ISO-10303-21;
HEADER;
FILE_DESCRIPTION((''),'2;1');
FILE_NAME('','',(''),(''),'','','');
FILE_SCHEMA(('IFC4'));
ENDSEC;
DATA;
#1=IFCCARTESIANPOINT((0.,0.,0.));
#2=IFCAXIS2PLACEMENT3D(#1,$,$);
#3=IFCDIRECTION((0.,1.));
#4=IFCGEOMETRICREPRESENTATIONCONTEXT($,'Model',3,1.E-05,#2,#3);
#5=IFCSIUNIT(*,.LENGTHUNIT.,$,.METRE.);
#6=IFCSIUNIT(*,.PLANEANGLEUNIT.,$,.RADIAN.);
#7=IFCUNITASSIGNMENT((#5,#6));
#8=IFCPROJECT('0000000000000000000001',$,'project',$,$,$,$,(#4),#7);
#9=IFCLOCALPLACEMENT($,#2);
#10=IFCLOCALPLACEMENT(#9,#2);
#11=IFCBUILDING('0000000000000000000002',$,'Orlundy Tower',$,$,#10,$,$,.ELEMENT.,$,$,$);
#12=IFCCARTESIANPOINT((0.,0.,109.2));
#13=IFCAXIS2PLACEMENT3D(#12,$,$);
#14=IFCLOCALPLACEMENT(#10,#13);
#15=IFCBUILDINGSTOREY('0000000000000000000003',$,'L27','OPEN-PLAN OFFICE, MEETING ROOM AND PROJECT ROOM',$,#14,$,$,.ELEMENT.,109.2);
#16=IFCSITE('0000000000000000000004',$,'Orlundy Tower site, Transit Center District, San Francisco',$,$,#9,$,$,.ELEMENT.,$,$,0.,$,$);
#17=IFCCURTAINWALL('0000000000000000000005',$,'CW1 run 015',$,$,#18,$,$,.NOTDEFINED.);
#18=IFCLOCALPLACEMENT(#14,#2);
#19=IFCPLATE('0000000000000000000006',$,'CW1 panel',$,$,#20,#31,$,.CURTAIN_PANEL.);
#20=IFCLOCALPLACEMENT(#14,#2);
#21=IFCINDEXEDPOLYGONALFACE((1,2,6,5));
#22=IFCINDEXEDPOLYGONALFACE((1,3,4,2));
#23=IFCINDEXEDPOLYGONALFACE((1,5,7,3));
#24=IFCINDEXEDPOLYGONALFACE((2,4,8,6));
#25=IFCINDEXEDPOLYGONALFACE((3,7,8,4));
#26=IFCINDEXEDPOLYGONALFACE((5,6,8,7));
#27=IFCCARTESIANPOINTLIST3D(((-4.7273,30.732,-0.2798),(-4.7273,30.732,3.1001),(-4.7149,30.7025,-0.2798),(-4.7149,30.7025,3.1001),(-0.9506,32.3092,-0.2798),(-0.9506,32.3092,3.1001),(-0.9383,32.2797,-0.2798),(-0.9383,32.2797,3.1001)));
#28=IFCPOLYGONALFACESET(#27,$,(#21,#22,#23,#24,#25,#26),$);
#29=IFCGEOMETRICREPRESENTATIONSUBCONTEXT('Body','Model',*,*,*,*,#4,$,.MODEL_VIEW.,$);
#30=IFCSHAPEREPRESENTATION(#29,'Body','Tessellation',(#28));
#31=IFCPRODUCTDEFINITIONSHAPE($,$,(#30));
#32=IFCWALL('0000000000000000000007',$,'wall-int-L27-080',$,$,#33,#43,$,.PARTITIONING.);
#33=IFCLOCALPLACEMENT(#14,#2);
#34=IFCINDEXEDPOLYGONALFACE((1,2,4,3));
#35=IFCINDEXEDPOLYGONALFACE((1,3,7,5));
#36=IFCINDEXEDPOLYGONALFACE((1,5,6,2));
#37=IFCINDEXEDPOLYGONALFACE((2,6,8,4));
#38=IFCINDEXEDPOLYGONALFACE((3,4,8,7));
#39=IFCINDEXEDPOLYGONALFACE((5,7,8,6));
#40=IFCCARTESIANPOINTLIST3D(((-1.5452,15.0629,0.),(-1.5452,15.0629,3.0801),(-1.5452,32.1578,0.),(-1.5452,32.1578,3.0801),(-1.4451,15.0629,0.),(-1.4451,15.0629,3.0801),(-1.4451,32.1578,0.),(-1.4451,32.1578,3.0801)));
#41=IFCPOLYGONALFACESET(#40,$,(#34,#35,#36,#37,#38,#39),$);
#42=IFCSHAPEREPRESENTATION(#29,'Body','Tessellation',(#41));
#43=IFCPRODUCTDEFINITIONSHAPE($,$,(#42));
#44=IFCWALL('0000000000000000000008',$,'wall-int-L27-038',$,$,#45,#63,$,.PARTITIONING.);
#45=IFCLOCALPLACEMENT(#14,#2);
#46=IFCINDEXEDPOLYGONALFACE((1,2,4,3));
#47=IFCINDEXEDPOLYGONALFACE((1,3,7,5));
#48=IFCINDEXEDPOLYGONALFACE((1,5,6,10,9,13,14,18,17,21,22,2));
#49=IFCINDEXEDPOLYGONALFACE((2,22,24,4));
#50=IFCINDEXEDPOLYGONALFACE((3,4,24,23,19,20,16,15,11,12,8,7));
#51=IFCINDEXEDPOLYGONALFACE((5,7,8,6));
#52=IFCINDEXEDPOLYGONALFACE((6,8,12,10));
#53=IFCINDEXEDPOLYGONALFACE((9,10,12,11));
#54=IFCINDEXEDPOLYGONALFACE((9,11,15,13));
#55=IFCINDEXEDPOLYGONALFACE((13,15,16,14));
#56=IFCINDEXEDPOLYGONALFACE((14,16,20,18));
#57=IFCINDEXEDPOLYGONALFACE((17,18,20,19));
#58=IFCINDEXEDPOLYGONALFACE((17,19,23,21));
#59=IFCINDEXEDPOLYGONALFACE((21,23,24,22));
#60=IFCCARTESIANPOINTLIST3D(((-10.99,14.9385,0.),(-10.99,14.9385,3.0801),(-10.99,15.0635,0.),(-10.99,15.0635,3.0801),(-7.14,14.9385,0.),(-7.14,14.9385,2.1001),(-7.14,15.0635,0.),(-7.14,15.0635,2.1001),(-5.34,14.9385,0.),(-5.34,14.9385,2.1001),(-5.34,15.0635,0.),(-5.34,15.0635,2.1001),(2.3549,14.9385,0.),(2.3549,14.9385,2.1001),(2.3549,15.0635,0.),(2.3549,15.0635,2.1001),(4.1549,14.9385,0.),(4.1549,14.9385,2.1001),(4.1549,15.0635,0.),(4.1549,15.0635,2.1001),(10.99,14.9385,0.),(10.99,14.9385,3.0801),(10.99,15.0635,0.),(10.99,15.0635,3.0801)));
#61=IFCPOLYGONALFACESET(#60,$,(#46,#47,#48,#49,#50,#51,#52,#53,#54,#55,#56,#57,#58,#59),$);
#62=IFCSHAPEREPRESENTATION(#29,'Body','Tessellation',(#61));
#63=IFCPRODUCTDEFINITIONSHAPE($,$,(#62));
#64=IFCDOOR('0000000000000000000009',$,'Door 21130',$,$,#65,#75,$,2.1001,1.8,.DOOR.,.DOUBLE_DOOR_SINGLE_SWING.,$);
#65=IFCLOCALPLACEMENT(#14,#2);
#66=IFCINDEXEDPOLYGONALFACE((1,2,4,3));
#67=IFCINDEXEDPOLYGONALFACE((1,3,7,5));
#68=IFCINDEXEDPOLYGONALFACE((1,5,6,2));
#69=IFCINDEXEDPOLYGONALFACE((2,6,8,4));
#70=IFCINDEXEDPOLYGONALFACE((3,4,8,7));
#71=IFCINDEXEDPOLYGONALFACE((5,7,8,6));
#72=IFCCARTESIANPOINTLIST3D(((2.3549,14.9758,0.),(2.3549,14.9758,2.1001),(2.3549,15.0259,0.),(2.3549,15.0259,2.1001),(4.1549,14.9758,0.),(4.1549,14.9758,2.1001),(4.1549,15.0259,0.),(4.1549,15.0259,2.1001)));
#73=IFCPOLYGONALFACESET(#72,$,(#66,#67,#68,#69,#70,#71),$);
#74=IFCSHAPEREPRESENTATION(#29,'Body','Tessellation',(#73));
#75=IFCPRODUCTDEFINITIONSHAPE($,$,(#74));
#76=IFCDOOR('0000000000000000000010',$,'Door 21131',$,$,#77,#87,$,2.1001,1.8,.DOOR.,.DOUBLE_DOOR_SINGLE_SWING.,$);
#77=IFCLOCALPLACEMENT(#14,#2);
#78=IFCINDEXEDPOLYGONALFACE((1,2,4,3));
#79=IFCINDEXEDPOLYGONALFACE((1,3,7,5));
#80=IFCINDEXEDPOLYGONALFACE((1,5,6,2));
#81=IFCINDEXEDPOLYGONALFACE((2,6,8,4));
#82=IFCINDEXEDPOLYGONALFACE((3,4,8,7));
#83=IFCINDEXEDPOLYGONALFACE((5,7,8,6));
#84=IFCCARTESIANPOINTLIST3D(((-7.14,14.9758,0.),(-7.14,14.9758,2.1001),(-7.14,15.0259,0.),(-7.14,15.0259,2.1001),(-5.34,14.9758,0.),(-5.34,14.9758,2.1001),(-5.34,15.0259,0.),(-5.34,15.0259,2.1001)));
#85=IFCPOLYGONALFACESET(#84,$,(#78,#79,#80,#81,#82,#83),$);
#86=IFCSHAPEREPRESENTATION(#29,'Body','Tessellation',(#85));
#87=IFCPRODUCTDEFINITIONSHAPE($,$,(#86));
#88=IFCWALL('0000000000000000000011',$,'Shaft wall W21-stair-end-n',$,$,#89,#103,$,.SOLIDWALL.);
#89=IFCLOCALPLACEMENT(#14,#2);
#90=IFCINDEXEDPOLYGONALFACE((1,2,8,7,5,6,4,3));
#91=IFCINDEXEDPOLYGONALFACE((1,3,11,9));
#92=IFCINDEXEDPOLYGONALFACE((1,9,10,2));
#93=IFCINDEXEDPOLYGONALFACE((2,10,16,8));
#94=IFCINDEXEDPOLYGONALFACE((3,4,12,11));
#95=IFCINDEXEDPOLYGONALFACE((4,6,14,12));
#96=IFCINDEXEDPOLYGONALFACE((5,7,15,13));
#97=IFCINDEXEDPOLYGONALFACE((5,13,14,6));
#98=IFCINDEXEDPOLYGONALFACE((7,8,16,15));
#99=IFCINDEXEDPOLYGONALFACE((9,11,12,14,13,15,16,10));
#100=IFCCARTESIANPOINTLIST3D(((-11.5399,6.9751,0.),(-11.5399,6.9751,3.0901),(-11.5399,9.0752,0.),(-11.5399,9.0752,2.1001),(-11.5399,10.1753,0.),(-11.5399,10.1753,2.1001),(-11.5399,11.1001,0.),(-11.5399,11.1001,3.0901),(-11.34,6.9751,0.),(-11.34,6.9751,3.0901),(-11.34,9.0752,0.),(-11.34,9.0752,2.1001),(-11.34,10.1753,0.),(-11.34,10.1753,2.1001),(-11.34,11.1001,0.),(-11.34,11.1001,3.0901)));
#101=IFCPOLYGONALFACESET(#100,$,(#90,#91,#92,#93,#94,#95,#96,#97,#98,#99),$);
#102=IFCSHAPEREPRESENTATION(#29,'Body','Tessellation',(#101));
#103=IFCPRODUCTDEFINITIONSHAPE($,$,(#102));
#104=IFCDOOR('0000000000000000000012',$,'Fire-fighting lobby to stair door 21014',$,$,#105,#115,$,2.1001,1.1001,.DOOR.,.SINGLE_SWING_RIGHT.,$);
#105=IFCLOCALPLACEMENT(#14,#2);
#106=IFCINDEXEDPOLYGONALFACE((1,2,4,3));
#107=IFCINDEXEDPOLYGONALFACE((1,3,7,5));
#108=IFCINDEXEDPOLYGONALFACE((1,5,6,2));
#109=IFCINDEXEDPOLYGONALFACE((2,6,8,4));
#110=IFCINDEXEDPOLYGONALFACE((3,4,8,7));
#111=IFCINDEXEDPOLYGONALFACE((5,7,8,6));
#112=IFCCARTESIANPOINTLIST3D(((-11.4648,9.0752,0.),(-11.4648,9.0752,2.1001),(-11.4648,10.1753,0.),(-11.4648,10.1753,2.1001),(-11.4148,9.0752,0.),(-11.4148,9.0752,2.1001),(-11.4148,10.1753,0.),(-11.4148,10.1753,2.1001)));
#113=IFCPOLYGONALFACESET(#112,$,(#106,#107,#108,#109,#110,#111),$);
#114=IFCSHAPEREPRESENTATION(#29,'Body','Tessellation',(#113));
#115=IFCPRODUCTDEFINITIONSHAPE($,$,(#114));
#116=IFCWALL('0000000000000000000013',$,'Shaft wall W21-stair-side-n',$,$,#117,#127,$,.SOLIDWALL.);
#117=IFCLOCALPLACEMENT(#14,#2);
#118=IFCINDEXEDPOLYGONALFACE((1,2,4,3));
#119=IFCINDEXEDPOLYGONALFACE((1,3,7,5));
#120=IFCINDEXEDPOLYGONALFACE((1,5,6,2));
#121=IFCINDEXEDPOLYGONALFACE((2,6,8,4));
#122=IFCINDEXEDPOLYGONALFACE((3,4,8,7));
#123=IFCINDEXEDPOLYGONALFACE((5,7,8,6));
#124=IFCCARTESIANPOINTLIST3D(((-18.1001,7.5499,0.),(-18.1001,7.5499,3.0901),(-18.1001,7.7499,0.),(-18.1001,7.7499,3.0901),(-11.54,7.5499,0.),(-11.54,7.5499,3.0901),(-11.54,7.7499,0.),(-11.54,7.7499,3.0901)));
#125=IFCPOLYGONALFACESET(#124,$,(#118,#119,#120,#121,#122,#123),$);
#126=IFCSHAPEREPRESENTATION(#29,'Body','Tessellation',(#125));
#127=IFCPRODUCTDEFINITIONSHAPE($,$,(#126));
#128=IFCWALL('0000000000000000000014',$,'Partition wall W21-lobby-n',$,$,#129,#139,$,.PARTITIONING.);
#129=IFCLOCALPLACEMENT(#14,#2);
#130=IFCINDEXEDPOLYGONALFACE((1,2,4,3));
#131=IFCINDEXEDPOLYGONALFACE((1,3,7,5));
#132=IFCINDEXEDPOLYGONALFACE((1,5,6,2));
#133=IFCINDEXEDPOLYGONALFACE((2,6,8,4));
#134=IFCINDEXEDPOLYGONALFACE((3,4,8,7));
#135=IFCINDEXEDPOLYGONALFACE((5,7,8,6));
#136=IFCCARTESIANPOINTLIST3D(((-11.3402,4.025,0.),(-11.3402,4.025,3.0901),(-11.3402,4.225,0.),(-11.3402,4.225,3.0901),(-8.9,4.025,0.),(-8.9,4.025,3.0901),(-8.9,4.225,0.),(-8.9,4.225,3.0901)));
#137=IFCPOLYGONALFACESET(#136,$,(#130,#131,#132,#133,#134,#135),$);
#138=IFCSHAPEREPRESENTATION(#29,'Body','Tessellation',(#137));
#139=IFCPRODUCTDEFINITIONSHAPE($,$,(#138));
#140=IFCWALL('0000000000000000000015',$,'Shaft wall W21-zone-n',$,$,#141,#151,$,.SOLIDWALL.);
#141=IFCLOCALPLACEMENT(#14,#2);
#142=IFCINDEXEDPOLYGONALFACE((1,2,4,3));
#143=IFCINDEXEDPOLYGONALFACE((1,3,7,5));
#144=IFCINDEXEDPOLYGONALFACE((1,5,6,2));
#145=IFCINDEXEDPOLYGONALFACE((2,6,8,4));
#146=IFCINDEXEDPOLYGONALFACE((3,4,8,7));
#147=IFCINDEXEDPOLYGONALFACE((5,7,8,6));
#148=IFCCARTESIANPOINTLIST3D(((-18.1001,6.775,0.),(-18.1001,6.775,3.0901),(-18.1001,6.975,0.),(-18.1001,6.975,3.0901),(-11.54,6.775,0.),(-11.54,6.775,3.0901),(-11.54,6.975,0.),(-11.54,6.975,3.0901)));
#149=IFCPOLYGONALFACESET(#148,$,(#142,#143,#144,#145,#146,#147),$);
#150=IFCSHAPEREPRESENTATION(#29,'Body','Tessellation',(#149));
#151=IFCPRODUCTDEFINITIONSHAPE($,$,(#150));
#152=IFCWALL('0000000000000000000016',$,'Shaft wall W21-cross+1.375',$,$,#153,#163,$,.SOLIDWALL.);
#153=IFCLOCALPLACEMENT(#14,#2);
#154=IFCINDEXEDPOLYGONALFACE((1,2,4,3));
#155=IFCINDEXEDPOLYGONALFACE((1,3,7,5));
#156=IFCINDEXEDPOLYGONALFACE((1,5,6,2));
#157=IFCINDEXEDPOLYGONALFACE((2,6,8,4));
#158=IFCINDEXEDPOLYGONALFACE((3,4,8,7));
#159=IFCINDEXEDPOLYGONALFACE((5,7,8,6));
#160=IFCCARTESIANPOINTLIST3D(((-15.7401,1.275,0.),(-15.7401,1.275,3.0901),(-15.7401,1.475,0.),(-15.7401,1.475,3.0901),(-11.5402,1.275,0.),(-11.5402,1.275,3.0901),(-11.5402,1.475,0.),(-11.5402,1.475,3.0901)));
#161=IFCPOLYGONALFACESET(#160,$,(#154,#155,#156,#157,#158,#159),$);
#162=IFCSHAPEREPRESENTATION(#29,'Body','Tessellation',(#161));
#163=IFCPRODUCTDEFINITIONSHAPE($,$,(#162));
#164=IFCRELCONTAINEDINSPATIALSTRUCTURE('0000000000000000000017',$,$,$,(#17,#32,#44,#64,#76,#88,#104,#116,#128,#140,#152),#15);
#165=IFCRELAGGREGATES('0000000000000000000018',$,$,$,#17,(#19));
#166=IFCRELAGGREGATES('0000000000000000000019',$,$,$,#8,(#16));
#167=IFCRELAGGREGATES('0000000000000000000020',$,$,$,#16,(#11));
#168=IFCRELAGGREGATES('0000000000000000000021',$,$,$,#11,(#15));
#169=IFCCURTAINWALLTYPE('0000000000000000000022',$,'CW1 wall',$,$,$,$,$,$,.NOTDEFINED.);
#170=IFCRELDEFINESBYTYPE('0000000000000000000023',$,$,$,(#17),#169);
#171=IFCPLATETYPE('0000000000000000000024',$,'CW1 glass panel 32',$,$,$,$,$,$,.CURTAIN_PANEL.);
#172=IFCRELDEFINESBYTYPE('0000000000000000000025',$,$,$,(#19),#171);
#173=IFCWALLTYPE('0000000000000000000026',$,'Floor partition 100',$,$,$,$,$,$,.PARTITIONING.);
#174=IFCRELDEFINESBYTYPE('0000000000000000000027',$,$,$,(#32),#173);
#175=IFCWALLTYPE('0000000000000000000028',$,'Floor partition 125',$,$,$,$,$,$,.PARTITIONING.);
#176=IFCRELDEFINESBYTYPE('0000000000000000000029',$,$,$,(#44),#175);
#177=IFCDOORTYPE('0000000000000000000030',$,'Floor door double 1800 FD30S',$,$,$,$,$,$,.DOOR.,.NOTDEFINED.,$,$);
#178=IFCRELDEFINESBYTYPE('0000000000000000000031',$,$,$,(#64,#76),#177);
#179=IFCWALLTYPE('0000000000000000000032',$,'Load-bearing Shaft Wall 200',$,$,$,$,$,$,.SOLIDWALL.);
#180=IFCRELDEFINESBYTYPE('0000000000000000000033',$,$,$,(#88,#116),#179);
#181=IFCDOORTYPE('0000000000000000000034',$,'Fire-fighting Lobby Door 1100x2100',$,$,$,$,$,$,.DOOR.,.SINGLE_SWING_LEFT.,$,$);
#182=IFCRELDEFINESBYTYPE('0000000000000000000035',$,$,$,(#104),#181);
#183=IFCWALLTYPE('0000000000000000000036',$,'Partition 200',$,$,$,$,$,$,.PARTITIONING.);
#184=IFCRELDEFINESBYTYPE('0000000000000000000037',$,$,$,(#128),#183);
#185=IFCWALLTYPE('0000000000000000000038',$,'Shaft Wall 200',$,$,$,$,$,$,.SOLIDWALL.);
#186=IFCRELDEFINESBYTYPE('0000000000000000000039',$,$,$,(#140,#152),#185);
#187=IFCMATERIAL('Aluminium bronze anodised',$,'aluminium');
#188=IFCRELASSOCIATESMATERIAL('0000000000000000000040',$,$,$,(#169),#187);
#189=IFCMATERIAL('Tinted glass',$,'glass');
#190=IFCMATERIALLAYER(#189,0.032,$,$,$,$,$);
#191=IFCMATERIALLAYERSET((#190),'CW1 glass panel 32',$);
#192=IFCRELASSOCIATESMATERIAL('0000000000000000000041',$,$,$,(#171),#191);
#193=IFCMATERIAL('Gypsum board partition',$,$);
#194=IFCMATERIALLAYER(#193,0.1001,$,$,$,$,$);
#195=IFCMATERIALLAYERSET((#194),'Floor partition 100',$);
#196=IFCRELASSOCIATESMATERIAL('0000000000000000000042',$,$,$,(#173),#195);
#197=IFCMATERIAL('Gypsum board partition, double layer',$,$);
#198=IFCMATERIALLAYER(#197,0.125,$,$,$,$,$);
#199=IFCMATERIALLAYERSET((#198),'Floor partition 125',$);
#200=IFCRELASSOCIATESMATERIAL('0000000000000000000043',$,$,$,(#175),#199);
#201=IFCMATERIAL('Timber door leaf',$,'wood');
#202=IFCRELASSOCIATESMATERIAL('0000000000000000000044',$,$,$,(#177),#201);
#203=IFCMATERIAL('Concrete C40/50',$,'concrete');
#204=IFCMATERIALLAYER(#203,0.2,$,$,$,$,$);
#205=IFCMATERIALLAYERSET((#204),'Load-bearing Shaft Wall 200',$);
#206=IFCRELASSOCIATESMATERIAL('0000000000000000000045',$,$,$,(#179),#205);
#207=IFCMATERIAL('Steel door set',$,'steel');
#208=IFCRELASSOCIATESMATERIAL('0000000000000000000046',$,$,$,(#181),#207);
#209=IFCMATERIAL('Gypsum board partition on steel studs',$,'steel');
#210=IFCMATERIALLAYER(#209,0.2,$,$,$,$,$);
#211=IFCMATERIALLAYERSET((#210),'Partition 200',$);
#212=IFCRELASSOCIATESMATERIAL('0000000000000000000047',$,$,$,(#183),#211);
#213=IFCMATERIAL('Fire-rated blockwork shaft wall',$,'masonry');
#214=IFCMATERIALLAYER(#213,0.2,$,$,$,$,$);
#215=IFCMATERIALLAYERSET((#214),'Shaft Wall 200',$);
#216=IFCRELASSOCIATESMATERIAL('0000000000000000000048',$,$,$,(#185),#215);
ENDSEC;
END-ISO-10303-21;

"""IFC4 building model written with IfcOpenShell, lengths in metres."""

from ifc_helpers import new_model, si_unit, direction, frame, frame_2d, origin, origin_2d, place, context, subcontext, project, spatial, rectangle, extrude, material, layer, layer_set, type_object, element, fill, aggregate, save


model = new_model("IFC4")

# Units and contexts
model_context = context("Model", 3, precision=1e-05, world=origin(), true_north=direction((0.0, 1.0)))
body_context = subcontext(model_context, "Body", "Model", "MODEL_VIEW")
ifc_project = project(units=[si_unit("LENGTHUNIT", "METRE"), si_unit("PLANEANGLEUNIT", "RADIAN")], contexts=[model_context])

# Site, building, storey
site_placement = place(None, origin())
site = spatial("IfcSite", under=ifc_project, at=site_placement, Name="Orlundy Tower site, Transit Center District, San Francisco", CompositionType="ELEMENT", RefElevation=0.0)
building_placement = place(site_placement, origin())
building = spatial("IfcBuilding", under=site, at=building_placement, Name="Orlundy Tower", CompositionType="ELEMENT")
storey_placement = place(building_placement, frame((0.0, 0.0, 109.2)))
storey = spatial("IfcBuildingStorey", under=building, at=storey_placement, Name="L27", Description="OPEN-PLAN OFFICE, MEETING ROOM AND PROJECT ROOM", CompositionType="ELEMENT", Elevation=109.2)

# Curtain wall, plate
ifc_material_1 = material(Name="Aluminium bronze anodised", Category="aluminium")
curtain_wall_type = type_object("IfcCurtainWallType", Name="CW1 wall", PredefinedType="NOTDEFINED", material=ifc_material_1)
curtain_wall_placement = place(storey_placement, origin())
curtain_wall = element("IfcCurtainWall", 1, at=curtain_wall_placement, inside=storey, type_object=curtain_wall_type, Name="CW1 run 015", PredefinedType="NOTDEFINED")
ifc_material_2 = material(Name="Tinted glass", Category="glass")
ifc_layer_1 = layer(ifc_material_2, 0.032)
ifc_layer_set_1 = layer_set([ifc_layer_1], Name="CW1 glass panel 32")
plate_type = type_object("IfcPlateType", Name="CW1 glass panel 32", PredefinedType="CURTAIN_PANEL", material=ifc_layer_set_1)
plate_1_placement = place(storey_placement, frame((-2.8328, 31.5059, -0.2798), z_axis=(0.0, 0.0, 1.0), x_axis=(0.92276, 0.385375, 0.0)))
plate_1 = element("IfcPlate", 2, at=plate_1_placement, type_object=plate_type, Name="CW1 panel", PredefinedType="CURTAIN_PANEL", context=body_context, shape_type="SweptSolid", body=[
    extrude(rectangle(XDim=4.0928, YDim=0.032, at=origin_2d()), origin(), (0.0, 0.0, 1.0), 3.3799),
])
aggregate(curtain_wall, [plate_1])

# Wall
ifc_material_3 = material(Name="Gypsum board partition")
ifc_layer_2 = layer(ifc_material_3, 0.1001)
ifc_layer_set_2 = layer_set([ifc_layer_2], Name="Floor partition 100")
wall_type_1 = type_object("IfcWallType", Name="Floor partition 100", PredefinedType="PARTITIONING", material=ifc_layer_set_2)
wall_1_placement = place(storey_placement, frame((-1.4951, 15.063, 0.0), z_axis=(0.0, 0.0, 1.0), x_axis=(0.0, 1.0, 0.0)))
element("IfcWall", 3, at=wall_1_placement, inside=storey, type_object=wall_type_1, Name="wall-int-L27-080", PredefinedType="PARTITIONING", context=body_context, shape_type="SweptSolid", body=[
    extrude(rectangle(XDim=17.095, YDim=0.1001, at=frame_2d((8.5474, 0.0))), origin(), (0.0, 0.0, 1.0), 3.0801),
])

# Wall, openings, doors
ifc_material_4 = material(Name="Gypsum board partition, double layer")
ifc_layer_3 = layer(ifc_material_4, 0.125)
ifc_layer_set_3 = layer_set([ifc_layer_3], Name="Floor partition 125")
wall_type_2 = type_object("IfcWallType", Name="Floor partition 125", PredefinedType="PARTITIONING", material=ifc_layer_set_3)
wall_2_placement = place(storey_placement, frame((-10.99, 15.001, 0.0), z_axis=(0.0, 0.0, 1.0), x_axis=(1.0, 0.0, 0.0)))
wall_2 = element("IfcWall", 4, at=wall_2_placement, inside=storey, type_object=wall_type_2, Name="wall-int-L27-038", PredefinedType="PARTITIONING", context=body_context, shape_type="SweptSolid", body=[
    extrude(rectangle(XDim=21.98, YDim=0.125, at=frame_2d((10.99, 0.0))), origin(), (0.0, 0.0, 1.0), 3.0801),
])
opening_1_placement = place(wall_2_placement, frame((13.345, 0.0, 0.0)))
opening_1 = element("IfcOpeningElement", 5, at=opening_1_placement, cuts=wall_2, PredefinedType="OPENING", context=body_context, shape_type="SweptSolid", body=[
    extrude(rectangle(XDim=1.8, YDim=2.1001, at=frame_2d((0.8999, 1.05))), frame((0.0, 0.0725, 0.0), z_axis=(0.0, -1.0, 0.0), x_axis=(1.0, 0.0, 0.0)), (0.0, 0.0, 1.0), 0.145),
])
opening_2_placement = place(wall_2_placement, frame((3.8501, 0.0, 0.0)))
opening_2 = element("IfcOpeningElement", 6, at=opening_2_placement, cuts=wall_2, PredefinedType="OPENING", context=body_context, shape_type="SweptSolid", body=[
    extrude(rectangle(XDim=1.8, YDim=2.1001, at=frame_2d((0.8999, 1.05))), frame((0.0, 0.0725, 0.0), z_axis=(0.0, -1.0, 0.0), x_axis=(1.0, 0.0, 0.0)), (0.0, 0.0, 1.0), 0.145),
])
ifc_material_5 = material(Name="Timber door leaf", Category="wood")
door_type_1 = type_object("IfcDoorType", Name="Floor door double 1800 FD30S", OperationType="NOTDEFINED", PredefinedType="DOOR", material=ifc_material_5)
door_1_placement = place(opening_1_placement, origin())
door_1 = element("IfcDoor", 7, at=door_1_placement, inside=storey, type_object=door_type_1, Name="Door 21130", OperationType="DOUBLE_DOOR_SINGLE_SWING", OverallHeight=2.1001, OverallWidth=1.8, PredefinedType="DOOR", context=body_context, shape_type="SweptSolid", body=[
    extrude(rectangle(XDim=1.8, YDim=2.1001, at=frame_2d((0.8999, 1.05))), frame((0.0, 0.0249, 0.0), z_axis=(0.0, -1.0, 0.0), x_axis=(1.0, 0.0, 0.0)), (0.0, 0.0, 1.0), 0.05),
])
fill(opening_1, door_1)
door_2_placement = place(opening_2_placement, origin())
door_2 = element("IfcDoor", 8, at=door_2_placement, inside=storey, type_object=door_type_1, Name="Door 21131", OperationType="DOUBLE_DOOR_SINGLE_SWING", OverallHeight=2.1001, OverallWidth=1.8, PredefinedType="DOOR", context=body_context, shape_type="SweptSolid", body=[
    extrude(rectangle(XDim=1.8, YDim=2.1001, at=frame_2d((0.8999, 1.05))), frame((0.0, 0.0249, 0.0), z_axis=(0.0, -1.0, 0.0), x_axis=(1.0, 0.0, 0.0)), (0.0, 0.0, 1.0), 0.05),
])
fill(opening_2, door_2)

# Wall, opening, door
ifc_material_6 = material(Name="Concrete C40/50", Category="concrete")
ifc_layer_4 = layer(ifc_material_6, 0.2)
ifc_layer_set_4 = layer_set([ifc_layer_4], Name="Load-bearing Shaft Wall 200")
wall_type_3 = type_object("IfcWallType", Name="Load-bearing Shaft Wall 200", PredefinedType="SOLIDWALL", material=ifc_layer_set_4)
wall_3_placement = place(storey_placement, frame((-11.4399, 6.9751, 0.0), z_axis=(0.0, 0.0, 1.0), x_axis=(0.0, 1.0, 0.0)))
wall_3 = element("IfcWall", 9, at=wall_3_placement, inside=storey, type_object=wall_type_3, Name="Shaft wall W21-stair-end-n", PredefinedType="SOLIDWALL", context=body_context, shape_type="SweptSolid", body=[
    extrude(rectangle(XDim=4.125, YDim=0.2, at=frame_2d((2.0625, 0.0))), origin(), (0.0, 0.0, 1.0), 3.0901),
])
opening_3_placement = place(wall_3_placement, frame((2.1001, 0.0, 0.0)))
opening_3 = element("IfcOpeningElement", 10, at=opening_3_placement, cuts=wall_3, PredefinedType="OPENING", context=body_context, shape_type="SweptSolid", body=[
    extrude(rectangle(XDim=1.1001, YDim=2.1001, at=frame_2d((0.55, 1.05))), frame((0.0, 0.1101, 0.0), z_axis=(0.0, -1.0, 0.0), x_axis=(1.0, 0.0, 0.0)), (0.0, 0.0, 1.0), 0.2202),
])
ifc_material_7 = material(Name="Steel door set", Category="steel")
door_type_2 = type_object("IfcDoorType", Name="Fire-fighting Lobby Door 1100x2100", OperationType="SINGLE_SWING_LEFT", PredefinedType="DOOR", material=ifc_material_7)
door_3_placement = place(opening_3_placement, origin())
door_3 = element("IfcDoor", 11, at=door_3_placement, inside=storey, type_object=door_type_2, Name="Fire-fighting lobby to stair door 21014", OperationType="SINGLE_SWING_RIGHT", OverallHeight=2.1001, OverallWidth=1.1001, PredefinedType="DOOR", context=body_context, shape_type="SweptSolid", body=[
    extrude(rectangle(XDim=1.1001, YDim=2.1001, at=frame_2d((0.55, 1.05))), frame((0.0, 0.0249, 0.0), z_axis=(0.0, -1.0, 0.0), x_axis=(1.0, 0.0, 0.0)), (0.0, 0.0, 1.0), 0.05),
])
fill(opening_3, door_3)

# Walls
wall_4_placement = place(storey_placement, frame((-11.54, 7.6499, 0.0), z_axis=(0.0, 0.0, 1.0), x_axis=(-1.0, 0.0, 0.0)))
element("IfcWall", 12, at=wall_4_placement, inside=storey, type_object=wall_type_3, Name="Shaft wall W21-stair-side-n", PredefinedType="SOLIDWALL", context=body_context, shape_type="SweptSolid", body=[
    extrude(rectangle(XDim=6.5601, YDim=0.2, at=frame_2d((3.28, 0.0))), origin(), (0.0, 0.0, 1.0), 3.0901),
])
ifc_material_8 = material(Name="Gypsum board partition on steel studs", Category="steel")
ifc_layer_5 = layer(ifc_material_8, 0.2)
ifc_layer_set_5 = layer_set([ifc_layer_5], Name="Partition 200")
wall_type_4 = type_object("IfcWallType", Name="Partition 200", PredefinedType="PARTITIONING", material=ifc_layer_set_5)
wall_5_placement = place(storey_placement, frame((-8.8999, 4.125, 0.0), z_axis=(0.0, 0.0, 1.0), x_axis=(-1.0, 0.0, 0.0)))
element("IfcWall", 13, at=wall_5_placement, inside=storey, type_object=wall_type_4, Name="Partition wall W21-lobby-n", PredefinedType="PARTITIONING", context=body_context, shape_type="SweptSolid", body=[
    extrude(rectangle(XDim=2.4402, YDim=0.2, at=frame_2d((1.2202, 0.0))), origin(), (0.0, 0.0, 1.0), 3.0901),
])
ifc_material_9 = material(Name="Fire-rated blockwork shaft wall", Category="masonry")
ifc_layer_6 = layer(ifc_material_9, 0.2)
ifc_layer_set_6 = layer_set([ifc_layer_6], Name="Shaft Wall 200")
wall_type_5 = type_object("IfcWallType", Name="Shaft Wall 200", PredefinedType="SOLIDWALL", material=ifc_layer_set_6)
wall_6_placement = place(storey_placement, frame((-11.54, 6.875, 0.0), z_axis=(0.0, 0.0, 1.0), x_axis=(-1.0, 0.0, 0.0)))
element("IfcWall", 14, at=wall_6_placement, inside=storey, type_object=wall_type_5, Name="Shaft wall W21-zone-n", PredefinedType="SOLIDWALL", context=body_context, shape_type="SweptSolid", body=[
    extrude(rectangle(XDim=6.5601, YDim=0.2, at=frame_2d((3.28, 0.0))), origin(), (0.0, 0.0, 1.0), 3.0901),
])
wall_7_placement = place(storey_placement, frame((-11.54, 1.375, 0.0), z_axis=(0.0, 0.0, 1.0), x_axis=(-1.0, 0.0, 0.0)))
element("IfcWall", 15, at=wall_7_placement, inside=storey, type_object=wall_type_5, Name="Shaft wall W21-cross+1.375", PredefinedType="SOLIDWALL", context=body_context, shape_type="SweptSolid", body=[
    extrude(rectangle(XDim=4.2, YDim=0.2, at=frame_2d((2.1001, 0.0))), origin(), (0.0, 0.0, 1.0), 3.0901),
])

save(model, "model.ifc")
